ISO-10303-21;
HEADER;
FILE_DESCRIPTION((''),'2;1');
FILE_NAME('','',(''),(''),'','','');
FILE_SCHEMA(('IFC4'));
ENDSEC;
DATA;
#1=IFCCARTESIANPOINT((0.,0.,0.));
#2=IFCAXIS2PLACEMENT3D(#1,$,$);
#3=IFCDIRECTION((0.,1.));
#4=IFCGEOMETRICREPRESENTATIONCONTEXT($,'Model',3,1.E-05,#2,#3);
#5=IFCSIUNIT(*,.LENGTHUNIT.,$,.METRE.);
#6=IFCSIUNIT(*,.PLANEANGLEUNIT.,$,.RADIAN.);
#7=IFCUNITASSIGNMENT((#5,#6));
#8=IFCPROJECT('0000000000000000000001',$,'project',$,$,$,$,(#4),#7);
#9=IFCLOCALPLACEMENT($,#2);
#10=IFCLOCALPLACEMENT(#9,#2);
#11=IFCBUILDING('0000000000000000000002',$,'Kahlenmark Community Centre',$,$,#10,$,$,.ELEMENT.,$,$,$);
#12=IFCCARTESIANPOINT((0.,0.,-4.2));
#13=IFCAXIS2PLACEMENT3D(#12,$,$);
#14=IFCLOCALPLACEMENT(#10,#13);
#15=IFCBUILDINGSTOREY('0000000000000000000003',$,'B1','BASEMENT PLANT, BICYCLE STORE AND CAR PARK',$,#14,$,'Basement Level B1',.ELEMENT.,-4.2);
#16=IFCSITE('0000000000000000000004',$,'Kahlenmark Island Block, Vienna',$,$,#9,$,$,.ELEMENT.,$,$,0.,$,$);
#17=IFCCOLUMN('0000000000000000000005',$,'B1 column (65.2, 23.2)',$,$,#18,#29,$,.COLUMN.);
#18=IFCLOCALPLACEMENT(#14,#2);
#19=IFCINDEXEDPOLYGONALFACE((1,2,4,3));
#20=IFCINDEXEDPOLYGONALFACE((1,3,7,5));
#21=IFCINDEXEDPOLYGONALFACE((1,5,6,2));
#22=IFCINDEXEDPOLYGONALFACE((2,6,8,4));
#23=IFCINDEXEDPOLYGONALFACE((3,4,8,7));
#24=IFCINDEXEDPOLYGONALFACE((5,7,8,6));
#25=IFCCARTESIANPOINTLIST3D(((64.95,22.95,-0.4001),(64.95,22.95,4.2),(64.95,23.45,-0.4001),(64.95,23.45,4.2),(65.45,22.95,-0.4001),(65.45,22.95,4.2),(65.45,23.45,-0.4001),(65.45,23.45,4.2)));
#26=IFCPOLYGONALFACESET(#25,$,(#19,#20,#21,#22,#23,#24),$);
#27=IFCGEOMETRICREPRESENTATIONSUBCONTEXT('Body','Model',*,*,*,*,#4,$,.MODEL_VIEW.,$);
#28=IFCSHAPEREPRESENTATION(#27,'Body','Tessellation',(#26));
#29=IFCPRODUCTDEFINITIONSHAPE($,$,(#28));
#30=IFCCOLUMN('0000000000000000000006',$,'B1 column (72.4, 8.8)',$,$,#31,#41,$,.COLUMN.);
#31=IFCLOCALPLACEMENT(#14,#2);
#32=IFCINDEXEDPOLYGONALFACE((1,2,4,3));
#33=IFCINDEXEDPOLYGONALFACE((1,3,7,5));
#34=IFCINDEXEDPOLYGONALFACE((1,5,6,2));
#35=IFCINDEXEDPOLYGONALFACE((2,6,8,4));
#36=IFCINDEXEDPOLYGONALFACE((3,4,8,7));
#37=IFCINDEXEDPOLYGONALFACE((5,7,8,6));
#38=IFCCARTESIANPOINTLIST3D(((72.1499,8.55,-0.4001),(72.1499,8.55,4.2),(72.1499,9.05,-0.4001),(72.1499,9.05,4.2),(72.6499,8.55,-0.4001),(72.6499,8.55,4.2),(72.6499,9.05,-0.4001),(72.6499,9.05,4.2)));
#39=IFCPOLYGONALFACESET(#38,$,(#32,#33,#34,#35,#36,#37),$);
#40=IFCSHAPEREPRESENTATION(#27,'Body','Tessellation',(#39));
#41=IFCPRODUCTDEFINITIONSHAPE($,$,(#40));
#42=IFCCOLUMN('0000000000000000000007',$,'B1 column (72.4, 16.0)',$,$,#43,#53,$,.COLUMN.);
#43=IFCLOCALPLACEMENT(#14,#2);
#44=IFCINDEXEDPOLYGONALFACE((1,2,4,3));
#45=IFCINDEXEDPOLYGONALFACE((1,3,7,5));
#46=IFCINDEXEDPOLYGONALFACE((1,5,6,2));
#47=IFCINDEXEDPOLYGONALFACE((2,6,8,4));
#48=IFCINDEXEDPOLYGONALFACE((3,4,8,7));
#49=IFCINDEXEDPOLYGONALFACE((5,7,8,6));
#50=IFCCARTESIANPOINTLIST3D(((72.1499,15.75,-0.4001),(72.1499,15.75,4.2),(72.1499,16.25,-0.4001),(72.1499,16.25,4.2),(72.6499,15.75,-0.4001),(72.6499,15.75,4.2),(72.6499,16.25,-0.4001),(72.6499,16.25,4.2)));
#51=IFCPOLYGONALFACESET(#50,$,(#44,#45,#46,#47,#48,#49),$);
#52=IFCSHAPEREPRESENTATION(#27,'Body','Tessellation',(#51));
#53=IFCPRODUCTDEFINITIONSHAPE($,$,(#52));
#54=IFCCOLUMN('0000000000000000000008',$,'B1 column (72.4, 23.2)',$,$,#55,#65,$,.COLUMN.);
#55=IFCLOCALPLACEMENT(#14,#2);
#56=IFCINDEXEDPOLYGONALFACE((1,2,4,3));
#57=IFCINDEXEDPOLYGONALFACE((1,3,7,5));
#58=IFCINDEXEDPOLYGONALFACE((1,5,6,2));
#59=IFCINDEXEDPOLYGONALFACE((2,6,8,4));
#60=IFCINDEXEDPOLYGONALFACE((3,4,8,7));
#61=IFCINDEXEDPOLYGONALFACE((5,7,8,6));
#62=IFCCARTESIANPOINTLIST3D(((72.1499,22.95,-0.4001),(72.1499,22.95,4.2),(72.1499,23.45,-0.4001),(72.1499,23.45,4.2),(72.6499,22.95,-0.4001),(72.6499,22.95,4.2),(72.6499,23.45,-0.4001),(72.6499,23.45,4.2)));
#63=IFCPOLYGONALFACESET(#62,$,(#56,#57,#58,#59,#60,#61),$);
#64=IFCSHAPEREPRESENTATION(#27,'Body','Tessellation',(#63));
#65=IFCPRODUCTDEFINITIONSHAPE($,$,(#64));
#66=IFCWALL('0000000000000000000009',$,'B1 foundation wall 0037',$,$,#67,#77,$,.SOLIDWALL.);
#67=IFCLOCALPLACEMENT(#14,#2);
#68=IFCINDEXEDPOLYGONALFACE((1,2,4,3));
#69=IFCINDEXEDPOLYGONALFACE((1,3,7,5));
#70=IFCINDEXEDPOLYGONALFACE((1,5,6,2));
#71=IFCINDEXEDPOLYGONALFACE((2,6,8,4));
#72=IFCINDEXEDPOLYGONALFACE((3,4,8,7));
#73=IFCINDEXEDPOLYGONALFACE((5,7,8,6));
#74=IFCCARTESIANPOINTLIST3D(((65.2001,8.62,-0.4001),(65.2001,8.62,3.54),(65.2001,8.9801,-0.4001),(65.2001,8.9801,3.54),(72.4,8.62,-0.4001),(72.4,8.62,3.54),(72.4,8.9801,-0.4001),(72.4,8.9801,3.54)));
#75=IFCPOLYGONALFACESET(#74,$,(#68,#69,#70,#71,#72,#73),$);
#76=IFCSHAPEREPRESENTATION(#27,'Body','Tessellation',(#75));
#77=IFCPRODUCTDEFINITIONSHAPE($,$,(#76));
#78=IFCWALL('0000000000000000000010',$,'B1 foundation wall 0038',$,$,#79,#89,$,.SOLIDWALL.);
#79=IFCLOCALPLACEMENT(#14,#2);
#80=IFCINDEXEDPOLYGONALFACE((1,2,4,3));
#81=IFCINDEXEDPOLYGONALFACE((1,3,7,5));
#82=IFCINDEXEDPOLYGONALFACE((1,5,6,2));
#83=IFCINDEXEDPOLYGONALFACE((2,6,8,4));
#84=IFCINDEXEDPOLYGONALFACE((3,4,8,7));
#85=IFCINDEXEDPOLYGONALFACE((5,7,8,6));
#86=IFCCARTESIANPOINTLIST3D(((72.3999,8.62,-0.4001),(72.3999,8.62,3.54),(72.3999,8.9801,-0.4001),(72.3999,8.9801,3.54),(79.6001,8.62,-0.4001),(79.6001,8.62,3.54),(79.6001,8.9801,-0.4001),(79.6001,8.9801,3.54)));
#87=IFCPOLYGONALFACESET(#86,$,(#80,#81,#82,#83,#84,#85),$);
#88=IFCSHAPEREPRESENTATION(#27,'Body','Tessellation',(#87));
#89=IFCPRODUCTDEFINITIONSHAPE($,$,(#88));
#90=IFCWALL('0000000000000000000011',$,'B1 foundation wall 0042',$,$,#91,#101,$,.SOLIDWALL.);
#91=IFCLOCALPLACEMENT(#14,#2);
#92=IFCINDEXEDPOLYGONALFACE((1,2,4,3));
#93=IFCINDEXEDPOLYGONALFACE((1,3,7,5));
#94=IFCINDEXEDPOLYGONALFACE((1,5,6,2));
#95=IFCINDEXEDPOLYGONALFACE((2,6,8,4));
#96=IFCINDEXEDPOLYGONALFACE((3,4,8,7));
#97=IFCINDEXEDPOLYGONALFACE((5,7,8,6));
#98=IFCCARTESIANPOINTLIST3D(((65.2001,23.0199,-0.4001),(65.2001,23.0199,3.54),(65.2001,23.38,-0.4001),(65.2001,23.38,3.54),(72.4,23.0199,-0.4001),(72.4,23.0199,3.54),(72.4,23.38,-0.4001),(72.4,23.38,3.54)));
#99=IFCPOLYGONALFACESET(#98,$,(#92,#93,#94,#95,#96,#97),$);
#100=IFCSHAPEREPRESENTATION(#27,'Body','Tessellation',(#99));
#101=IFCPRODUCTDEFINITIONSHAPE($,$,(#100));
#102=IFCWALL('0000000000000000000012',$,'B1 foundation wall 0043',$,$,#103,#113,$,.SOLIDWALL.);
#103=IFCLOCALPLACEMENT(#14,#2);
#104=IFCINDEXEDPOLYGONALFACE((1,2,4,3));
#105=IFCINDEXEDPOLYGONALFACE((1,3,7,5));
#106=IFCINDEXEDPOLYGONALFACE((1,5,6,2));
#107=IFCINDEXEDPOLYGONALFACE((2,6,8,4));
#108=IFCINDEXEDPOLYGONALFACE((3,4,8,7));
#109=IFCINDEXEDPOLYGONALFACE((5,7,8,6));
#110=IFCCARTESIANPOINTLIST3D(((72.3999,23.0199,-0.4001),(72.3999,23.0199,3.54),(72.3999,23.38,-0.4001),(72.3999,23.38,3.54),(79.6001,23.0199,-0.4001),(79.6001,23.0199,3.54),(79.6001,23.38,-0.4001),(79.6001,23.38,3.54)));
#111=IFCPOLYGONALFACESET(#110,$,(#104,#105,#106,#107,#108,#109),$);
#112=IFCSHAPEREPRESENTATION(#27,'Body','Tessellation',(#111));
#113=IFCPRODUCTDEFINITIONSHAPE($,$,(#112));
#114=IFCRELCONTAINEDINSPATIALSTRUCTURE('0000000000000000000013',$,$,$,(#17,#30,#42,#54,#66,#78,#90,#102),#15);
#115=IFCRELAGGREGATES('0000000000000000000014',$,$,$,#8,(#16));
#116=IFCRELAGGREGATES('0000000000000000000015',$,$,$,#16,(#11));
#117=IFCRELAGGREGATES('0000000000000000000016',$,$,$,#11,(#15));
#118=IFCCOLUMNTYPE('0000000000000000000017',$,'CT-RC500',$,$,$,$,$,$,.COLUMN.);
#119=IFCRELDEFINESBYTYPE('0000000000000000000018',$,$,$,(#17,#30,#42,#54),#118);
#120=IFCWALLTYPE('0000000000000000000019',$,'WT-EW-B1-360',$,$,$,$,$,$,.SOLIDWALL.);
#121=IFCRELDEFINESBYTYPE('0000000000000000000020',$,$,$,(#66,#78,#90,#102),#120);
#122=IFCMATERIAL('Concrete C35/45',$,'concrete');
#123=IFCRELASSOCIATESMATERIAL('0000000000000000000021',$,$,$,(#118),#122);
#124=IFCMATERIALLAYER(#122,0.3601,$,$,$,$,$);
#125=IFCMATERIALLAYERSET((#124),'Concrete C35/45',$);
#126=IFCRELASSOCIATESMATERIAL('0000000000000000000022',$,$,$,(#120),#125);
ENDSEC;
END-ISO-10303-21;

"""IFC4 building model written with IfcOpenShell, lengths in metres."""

from ifc_helpers import new_model, si_unit, direction, frame, frame_2d, origin, origin_2d, place, context, subcontext, project, spatial, rectangle, extrude, material, layer, layer_set, material_profile, profile_set, type_object, element, save


model = new_model("IFC4")

# Units and contexts
model_context = context("Model", 3, precision=1e-05, world=origin(), true_north=direction((0.0, 1.0)))
body_context = subcontext(model_context, "Body", "Model", "MODEL_VIEW")
ifc_project = project(units=[si_unit("LENGTHUNIT", "METRE"), si_unit("PLANEANGLEUNIT", "RADIAN")], contexts=[model_context])

# Site, building, storey
site_placement = place(None, origin())
site = spatial("IfcSite", under=ifc_project, at=site_placement, Name="Kahlenmark Island Block, Vienna", CompositionType="ELEMENT", RefElevation=0.0)
building_placement = place(site_placement, origin())
building = spatial("IfcBuilding", under=site, at=building_placement, Name="Kahlenmark Community Centre", CompositionType="ELEMENT")
storey_placement = place(building_placement, frame((0.0, 0.0, -4.2)))
storey = spatial("IfcBuildingStorey", under=building, at=storey_placement, Name="B1", Description="BASEMENT PLANT, BICYCLE STORE AND CAR PARK", LongName="Basement Level B1", CompositionType="ELEMENT", Elevation=-4.2)

# Columns
ifc_material_1 = material(Name="Concrete C35/45", Category="concrete")
ifc_material_profile_1 = material_profile(ifc_material_1, rectangle(XDim=0.5, YDim=0.5, at=origin_2d()), Name="RC 500x500")
ifc_profile_set_1 = profile_set([ifc_material_profile_1], Name="Concrete C35/45")
column_type = type_object("IfcColumnType", Name="CT-RC500", PredefinedType="COLUMN", material=ifc_profile_set_1)
for number, where, z_axis, x_axis, name in (
    (1, (65.2, 23.2, -0.4001), (0.0, 0.0, 1.0), (1.0, 0.0, 0.0), "B1 column (65.2, 23.2)"),
    (2, (72.3999, 8.8, -0.4001), (0.0, 0.0, 1.0), (1.0, 0.0, 0.0), "B1 column (72.4, 8.8)"),
    (3, (72.3999, 16.0, -0.4001), (0.0, 0.0, 1.0), (1.0, 0.0, 0.0), "B1 column (72.4, 16.0)"),
    (4, (72.3999, 23.2, -0.4001), (0.0, 0.0, 1.0), (1.0, 0.0, 0.0), "B1 column (72.4, 23.2)"),
):
    element("IfcColumn", number, at=place(storey_placement, frame(where, z_axis=z_axis, x_axis=x_axis)), inside=storey, type_object=column_type, Name=name, PredefinedType="COLUMN", context=body_context, shape_type="SweptSolid", body=[
        extrude(rectangle(XDim=0.5, YDim=0.5, at=origin_2d()), origin(), (0.0, 0.0, 1.0), 4.6001),
    ])

# Walls
ifc_layer = layer(ifc_material_1, 0.3601)
ifc_layer_set = layer_set([ifc_layer], Name="Concrete C35/45")
wall_type = type_object("IfcWallType", Name="WT-EW-B1-360", PredefinedType="SOLIDWALL", material=ifc_layer_set)
wall_1_placement = place(storey_placement, frame((65.2, 8.8, -0.4001), z_axis=(0.0, 0.0, 1.0), x_axis=(1.0, 0.0, 0.0)))
element("IfcWall", 5, at=wall_1_placement, inside=storey, type_object=wall_type, Name="B1 foundation wall 0037", PredefinedType="SOLIDWALL", context=body_context, shape_type="SweptSolid", body=[
    extrude(rectangle(XDim=7.2, YDim=0.3601, at=frame_2d((3.6001, 0.0))), origin(), (0.0, 0.0, 1.0), 3.9402),
])
wall_2_placement = place(storey_placement, frame((72.3999, 8.8, -0.4001), z_axis=(0.0, 0.0, 1.0), x_axis=(1.0, 0.0, 0.0)))
element("IfcWall", 6, at=wall_2_placement, inside=storey, type_object=wall_type, Name="B1 foundation wall 0038", PredefinedType="SOLIDWALL", context=body_context, shape_type="SweptSolid", body=[
    extrude(rectangle(XDim=7.2002, YDim=0.3601, at=frame_2d((3.6001, 0.0))), origin(), (0.0, 0.0, 1.0), 3.9402),
])
wall_3_placement = place(storey_placement, frame((65.2, 23.2, -0.4001), z_axis=(0.0, 0.0, 1.0), x_axis=(1.0, 0.0, 0.0)))
element("IfcWall", 7, at=wall_3_placement, inside=storey, type_object=wall_type, Name="B1 foundation wall 0042", PredefinedType="SOLIDWALL", context=body_context, shape_type="SweptSolid", body=[
    extrude(rectangle(XDim=7.2, YDim=0.3601, at=frame_2d((3.6001, 0.0))), origin(), (0.0, 0.0, 1.0), 3.9402),
])
wall_4_placement = place(storey_placement, frame((72.3999, 23.2, -0.4001), z_axis=(0.0, 0.0, 1.0), x_axis=(1.0, 0.0, 0.0)))
element("IfcWall", 8, at=wall_4_placement, inside=storey, type_object=wall_type, Name="B1 foundation wall 0043", PredefinedType="SOLIDWALL", context=body_context, shape_type="SweptSolid", body=[
    extrude(rectangle(XDim=7.2002, YDim=0.3601, at=frame_2d((3.6001, 0.0))), origin(), (0.0, 0.0, 1.0), 3.9402),
])

save(model, "model.ifc")
